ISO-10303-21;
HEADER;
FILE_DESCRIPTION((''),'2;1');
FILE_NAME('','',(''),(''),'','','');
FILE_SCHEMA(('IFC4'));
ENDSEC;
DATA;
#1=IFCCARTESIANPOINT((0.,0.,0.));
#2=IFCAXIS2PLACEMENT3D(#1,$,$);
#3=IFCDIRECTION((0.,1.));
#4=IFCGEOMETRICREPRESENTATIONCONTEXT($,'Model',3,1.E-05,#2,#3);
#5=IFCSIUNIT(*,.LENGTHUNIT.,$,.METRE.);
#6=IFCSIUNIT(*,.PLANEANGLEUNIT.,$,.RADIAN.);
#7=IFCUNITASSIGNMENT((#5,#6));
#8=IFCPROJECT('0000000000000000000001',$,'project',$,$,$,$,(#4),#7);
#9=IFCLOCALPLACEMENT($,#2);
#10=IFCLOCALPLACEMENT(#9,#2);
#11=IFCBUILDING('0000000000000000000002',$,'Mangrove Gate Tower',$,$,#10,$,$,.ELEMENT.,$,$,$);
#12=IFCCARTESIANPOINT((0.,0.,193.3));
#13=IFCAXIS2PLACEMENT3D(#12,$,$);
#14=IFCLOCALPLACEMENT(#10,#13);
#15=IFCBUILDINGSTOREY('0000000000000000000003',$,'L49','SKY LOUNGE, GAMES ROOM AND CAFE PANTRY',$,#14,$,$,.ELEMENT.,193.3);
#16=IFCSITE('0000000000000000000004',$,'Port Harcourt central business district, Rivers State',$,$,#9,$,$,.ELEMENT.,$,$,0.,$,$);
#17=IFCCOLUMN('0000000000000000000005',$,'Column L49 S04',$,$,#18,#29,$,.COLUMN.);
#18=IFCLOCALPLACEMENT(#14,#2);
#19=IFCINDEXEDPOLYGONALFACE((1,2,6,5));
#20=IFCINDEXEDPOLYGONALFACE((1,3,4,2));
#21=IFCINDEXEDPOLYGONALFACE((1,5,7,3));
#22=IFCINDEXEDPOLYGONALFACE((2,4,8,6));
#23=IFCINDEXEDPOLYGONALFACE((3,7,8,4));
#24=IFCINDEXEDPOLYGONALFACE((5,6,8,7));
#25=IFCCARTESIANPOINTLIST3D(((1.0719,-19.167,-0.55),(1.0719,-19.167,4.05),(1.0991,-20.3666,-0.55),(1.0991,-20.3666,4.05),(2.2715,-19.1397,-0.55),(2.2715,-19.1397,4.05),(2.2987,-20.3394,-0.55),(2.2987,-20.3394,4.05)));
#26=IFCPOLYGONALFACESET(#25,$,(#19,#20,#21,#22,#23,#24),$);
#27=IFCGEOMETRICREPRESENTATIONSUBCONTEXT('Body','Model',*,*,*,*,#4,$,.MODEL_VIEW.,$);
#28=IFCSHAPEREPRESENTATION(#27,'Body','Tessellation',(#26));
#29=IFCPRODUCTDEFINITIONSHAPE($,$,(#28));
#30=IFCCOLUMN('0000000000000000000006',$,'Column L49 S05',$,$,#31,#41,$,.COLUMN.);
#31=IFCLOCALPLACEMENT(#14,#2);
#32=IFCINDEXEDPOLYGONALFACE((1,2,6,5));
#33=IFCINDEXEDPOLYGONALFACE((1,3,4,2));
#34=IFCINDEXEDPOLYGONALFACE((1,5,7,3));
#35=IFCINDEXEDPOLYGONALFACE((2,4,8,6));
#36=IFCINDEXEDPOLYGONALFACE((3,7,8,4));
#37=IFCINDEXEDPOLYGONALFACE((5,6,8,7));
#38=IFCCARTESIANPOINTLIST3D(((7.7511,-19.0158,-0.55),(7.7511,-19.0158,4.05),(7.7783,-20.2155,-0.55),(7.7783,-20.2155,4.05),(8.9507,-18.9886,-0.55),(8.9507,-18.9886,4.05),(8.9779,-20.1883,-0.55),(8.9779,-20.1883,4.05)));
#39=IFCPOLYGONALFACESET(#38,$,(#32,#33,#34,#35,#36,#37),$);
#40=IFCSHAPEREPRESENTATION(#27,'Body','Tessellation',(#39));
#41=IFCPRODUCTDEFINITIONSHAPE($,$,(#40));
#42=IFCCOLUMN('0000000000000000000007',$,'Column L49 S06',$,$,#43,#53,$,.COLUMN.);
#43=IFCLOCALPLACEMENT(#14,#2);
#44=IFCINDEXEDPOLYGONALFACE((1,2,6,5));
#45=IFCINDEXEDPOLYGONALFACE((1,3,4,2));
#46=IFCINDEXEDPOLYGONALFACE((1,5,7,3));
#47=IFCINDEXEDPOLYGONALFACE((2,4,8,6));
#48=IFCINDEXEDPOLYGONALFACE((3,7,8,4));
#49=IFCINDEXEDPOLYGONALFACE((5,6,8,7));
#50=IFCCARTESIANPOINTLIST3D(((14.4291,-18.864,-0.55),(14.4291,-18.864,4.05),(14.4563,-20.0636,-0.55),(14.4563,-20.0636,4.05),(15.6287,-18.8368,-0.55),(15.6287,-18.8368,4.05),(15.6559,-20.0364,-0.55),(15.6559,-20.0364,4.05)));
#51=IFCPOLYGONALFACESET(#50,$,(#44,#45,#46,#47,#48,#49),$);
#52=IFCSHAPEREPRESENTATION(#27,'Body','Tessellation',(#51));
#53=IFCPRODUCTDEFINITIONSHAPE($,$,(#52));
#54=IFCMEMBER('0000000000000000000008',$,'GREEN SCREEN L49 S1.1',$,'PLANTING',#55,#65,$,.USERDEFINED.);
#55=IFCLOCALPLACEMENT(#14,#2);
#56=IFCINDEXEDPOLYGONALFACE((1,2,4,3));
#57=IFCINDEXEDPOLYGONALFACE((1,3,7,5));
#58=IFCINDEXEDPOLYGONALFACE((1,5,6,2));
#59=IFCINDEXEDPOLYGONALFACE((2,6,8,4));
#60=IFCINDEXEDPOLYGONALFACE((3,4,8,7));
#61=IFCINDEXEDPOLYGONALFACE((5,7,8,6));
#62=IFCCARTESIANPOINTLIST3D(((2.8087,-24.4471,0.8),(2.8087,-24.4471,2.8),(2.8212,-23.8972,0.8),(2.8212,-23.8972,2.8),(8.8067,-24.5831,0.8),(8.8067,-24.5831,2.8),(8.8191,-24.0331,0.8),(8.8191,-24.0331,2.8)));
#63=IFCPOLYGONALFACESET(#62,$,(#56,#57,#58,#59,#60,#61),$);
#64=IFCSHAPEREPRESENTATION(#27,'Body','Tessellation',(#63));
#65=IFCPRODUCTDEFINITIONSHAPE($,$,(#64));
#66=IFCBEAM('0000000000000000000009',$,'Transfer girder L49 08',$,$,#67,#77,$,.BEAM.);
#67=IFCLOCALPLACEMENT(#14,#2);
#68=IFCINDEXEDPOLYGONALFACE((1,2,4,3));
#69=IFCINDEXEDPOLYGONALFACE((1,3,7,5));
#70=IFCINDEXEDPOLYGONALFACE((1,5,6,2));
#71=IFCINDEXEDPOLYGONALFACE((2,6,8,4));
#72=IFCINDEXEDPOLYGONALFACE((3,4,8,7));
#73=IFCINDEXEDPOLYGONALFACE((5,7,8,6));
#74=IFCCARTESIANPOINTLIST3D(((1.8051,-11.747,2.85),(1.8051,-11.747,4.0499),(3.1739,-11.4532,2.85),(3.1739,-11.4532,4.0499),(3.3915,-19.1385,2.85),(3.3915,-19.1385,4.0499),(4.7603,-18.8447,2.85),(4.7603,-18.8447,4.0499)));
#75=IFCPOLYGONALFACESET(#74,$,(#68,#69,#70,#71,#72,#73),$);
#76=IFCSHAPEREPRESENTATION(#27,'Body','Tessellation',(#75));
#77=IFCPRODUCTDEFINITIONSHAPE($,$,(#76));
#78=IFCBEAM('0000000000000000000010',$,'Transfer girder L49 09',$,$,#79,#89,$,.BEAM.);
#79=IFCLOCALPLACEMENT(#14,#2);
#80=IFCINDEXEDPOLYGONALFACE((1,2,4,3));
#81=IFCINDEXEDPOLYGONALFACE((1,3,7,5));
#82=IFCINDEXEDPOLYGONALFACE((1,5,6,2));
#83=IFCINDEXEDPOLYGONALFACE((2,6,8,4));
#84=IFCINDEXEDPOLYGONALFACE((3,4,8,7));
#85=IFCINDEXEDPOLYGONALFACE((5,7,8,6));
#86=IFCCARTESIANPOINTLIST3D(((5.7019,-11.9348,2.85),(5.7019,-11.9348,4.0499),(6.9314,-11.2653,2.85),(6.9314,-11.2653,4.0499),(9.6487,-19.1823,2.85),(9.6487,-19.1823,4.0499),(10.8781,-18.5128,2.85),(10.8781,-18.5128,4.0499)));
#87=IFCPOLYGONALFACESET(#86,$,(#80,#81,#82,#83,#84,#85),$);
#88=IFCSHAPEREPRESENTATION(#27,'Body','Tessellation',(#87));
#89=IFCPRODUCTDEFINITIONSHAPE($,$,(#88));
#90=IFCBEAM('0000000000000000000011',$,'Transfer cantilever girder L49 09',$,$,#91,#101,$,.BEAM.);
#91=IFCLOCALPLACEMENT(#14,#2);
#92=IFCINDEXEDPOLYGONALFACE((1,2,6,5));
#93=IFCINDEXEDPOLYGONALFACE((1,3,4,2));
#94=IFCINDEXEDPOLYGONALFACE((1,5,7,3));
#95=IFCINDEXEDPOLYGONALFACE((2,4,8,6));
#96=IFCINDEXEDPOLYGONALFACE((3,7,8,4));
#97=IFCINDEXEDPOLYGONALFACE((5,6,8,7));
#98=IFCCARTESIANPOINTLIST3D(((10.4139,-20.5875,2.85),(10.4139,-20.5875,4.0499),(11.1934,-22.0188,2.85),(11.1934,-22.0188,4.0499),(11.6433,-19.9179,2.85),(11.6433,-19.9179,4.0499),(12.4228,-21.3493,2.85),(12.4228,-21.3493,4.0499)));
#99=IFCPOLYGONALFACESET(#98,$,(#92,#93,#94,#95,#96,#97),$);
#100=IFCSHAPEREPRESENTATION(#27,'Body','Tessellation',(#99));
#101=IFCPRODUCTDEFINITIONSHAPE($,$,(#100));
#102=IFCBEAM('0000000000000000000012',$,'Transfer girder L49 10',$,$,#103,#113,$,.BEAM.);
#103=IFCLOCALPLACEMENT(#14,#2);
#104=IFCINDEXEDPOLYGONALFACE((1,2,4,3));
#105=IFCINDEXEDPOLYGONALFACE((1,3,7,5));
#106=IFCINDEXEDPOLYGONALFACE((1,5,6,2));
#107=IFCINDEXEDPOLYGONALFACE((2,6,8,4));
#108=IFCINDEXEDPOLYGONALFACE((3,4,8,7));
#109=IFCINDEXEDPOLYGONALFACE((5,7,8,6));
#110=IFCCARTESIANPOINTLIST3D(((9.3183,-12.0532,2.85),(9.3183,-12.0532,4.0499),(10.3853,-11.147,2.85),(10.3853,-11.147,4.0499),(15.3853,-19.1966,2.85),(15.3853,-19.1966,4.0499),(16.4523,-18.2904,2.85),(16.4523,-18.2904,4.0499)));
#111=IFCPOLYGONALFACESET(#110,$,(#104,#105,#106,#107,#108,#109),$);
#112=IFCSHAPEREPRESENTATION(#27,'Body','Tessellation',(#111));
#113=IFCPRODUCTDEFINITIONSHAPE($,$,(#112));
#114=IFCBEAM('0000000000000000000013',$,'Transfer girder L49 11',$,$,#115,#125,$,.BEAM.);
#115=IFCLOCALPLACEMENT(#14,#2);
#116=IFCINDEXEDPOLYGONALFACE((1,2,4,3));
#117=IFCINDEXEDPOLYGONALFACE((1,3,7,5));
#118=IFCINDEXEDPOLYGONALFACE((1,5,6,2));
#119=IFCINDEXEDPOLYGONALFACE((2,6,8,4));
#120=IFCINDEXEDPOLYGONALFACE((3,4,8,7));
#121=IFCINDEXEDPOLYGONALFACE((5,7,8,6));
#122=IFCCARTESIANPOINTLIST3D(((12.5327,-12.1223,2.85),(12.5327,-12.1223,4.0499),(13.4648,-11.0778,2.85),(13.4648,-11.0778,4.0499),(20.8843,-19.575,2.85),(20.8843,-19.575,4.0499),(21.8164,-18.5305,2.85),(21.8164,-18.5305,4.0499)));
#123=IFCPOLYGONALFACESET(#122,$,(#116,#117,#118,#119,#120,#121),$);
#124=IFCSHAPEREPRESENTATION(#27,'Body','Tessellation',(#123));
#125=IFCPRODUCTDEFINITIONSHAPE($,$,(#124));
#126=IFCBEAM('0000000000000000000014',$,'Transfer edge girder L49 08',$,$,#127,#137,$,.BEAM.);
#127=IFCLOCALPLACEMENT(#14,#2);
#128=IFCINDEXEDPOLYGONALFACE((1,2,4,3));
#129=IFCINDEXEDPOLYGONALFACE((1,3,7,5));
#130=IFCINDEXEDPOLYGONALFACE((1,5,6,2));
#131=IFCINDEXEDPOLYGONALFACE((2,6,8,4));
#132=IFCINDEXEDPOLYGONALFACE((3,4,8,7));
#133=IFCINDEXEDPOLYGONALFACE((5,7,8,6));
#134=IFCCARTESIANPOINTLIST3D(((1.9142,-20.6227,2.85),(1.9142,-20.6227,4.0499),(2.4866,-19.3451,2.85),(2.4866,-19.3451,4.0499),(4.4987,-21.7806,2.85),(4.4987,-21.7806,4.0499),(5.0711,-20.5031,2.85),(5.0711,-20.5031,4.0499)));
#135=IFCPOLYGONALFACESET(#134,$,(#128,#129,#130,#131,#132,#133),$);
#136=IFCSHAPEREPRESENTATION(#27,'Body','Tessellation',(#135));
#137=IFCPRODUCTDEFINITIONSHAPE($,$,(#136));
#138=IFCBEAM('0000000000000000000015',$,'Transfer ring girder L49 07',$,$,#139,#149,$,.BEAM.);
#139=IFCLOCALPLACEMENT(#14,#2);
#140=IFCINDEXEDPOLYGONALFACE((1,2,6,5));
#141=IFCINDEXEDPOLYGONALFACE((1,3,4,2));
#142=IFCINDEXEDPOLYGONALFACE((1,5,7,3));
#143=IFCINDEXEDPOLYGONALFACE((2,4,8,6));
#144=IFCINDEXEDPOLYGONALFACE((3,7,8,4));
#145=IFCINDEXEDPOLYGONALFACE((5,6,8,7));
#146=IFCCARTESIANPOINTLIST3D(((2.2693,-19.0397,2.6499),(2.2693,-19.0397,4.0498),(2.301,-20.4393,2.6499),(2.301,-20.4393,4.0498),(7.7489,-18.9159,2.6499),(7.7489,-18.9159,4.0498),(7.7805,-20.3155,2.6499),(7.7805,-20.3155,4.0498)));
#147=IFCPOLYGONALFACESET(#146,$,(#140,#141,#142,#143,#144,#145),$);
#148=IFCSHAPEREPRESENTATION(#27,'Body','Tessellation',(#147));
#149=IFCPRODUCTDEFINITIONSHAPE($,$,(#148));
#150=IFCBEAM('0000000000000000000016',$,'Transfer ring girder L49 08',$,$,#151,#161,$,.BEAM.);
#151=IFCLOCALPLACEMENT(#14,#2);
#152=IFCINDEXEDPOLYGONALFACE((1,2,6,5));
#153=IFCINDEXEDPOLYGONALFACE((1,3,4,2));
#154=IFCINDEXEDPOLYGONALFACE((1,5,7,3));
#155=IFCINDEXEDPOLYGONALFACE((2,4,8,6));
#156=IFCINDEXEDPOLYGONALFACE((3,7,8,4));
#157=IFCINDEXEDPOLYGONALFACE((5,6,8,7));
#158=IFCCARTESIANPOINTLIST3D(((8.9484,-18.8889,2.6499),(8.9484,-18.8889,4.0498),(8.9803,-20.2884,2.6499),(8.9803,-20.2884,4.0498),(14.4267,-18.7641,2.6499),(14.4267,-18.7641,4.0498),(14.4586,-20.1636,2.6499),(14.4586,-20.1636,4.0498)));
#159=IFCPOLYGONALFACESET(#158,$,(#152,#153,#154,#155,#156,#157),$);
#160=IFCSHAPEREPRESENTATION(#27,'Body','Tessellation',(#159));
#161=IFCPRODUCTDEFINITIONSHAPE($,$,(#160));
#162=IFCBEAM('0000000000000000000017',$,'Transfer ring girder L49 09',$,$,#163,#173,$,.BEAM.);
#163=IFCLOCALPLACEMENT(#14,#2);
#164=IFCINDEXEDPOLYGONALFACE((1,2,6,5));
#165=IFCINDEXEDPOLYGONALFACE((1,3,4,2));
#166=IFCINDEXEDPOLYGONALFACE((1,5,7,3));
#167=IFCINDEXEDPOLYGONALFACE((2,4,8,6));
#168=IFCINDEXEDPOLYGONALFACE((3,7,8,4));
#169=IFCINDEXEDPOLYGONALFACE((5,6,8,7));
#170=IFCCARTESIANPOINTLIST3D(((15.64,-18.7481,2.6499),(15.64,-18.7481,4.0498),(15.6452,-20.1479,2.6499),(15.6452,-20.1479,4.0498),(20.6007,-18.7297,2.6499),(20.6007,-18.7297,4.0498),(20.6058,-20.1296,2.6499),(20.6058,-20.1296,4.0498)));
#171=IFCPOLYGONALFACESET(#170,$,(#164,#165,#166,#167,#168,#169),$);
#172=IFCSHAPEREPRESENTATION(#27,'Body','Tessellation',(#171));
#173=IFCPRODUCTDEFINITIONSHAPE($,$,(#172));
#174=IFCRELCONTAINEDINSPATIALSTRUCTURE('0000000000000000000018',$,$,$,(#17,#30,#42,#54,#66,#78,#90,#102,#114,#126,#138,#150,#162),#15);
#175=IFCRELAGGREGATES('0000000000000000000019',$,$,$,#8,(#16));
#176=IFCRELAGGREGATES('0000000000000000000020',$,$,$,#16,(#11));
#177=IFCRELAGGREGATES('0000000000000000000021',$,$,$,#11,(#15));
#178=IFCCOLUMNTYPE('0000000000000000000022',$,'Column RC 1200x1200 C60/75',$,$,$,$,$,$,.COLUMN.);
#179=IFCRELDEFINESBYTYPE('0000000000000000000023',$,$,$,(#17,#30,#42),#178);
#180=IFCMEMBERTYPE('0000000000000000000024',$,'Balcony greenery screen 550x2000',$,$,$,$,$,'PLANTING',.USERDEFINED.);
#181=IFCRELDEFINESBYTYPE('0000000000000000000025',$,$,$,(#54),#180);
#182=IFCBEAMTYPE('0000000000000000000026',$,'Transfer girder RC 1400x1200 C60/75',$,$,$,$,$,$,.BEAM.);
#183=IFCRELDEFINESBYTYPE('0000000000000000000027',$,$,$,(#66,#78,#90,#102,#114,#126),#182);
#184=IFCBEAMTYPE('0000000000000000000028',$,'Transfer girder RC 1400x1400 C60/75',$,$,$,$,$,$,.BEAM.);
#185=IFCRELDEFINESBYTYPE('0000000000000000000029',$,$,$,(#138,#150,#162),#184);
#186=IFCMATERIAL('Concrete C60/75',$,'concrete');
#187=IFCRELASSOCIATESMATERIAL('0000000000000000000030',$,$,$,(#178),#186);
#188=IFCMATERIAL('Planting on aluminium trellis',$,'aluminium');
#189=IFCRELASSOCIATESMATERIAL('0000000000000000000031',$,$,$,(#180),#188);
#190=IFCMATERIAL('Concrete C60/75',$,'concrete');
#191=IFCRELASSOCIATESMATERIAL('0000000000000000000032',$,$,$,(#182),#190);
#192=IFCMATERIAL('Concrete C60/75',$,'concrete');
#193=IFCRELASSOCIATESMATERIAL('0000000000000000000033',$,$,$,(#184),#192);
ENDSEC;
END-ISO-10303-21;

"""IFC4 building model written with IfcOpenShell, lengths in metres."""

from ifc_helpers import new_model, si_unit, direction, frame, origin, origin_2d, place, context, subcontext, project, spatial, rectangle, extrude, material, material_profile, profile_set, type_object, element, save


model = new_model("IFC4")

# Units and contexts
model_context = context("Model", 3, precision=1e-05, world=origin(), true_north=direction((0.0, 1.0)))
body_context = subcontext(model_context, "Body", "Model", "MODEL_VIEW")
ifc_project = project(units=[si_unit("LENGTHUNIT", "METRE"), si_unit("PLANEANGLEUNIT", "RADIAN")], contexts=[model_context])

# Site, building, storey
site_placement = place(None, origin())
site = spatial("IfcSite", under=ifc_project, at=site_placement, Name="Port Harcourt central business district, Rivers State", CompositionType="ELEMENT", RefElevation=0.0)
building_placement = place(site_placement, origin())
building = spatial("IfcBuilding", under=site, at=building_placement, Name="Mangrove Gate Tower", CompositionType="ELEMENT")
storey_placement = place(building_placement, frame((0.0, 0.0, 193.3)))
storey = spatial("IfcBuildingStorey", under=building, at=storey_placement, Name="L49", Description="SKY LOUNGE, GAMES ROOM AND CAFE PANTRY", CompositionType="ELEMENT", Elevation=193.3)

# Columns
ifc_material_1 = material(Name="Concrete C60/75", Category="concrete")
ifc_material_profile_1 = material_profile(ifc_material_1, rectangle(XDim=1.2, YDim=1.2, at=origin_2d()))
ifc_profile_set_1 = profile_set([ifc_material_profile_1], Name="Concrete C60/75")
column_type = type_object("IfcColumnType", Name="Column RC 1200x1200 C60/75", PredefinedType="COLUMN", material=ifc_profile_set_1)
for number, where, z_axis, x_axis, name in (
    (1, (1.6853, -19.7532, -0.55), (0.0, 0.0, 1.0), (0.999743, 0.022679, 0.0), "Column L49 S04"),
    (2, (8.3645, -19.6021, -0.55), (0.0, 0.0, 1.0), (0.999743, 0.022679, 0.0), "Column L49 S05"),
    (3, (15.0425, -19.4502, -0.55), (0.0, 0.0, 1.0), (0.999743, 0.022681, 0.0), "Column L49 S06"),
):
    element("IfcColumn", number, at=place(storey_placement, frame(where, z_axis=z_axis, x_axis=x_axis)), inside=storey, type_object=column_type, Name=name, PredefinedType="COLUMN", context=body_context, shape_type="SweptSolid", body=[
        extrude(rectangle(XDim=1.2, YDim=1.2, at=origin_2d()), origin(), (0.0, 0.0, 1.0), 4.6001),
    ])

# Member
ifc_material_2 = material(Name="Planting on aluminium trellis", Category="aluminium")
ifc_material_profile_2 = material_profile(ifc_material_2, rectangle(XDim=0.55, YDim=2.0, at=origin_2d()))
ifc_profile_set_2 = profile_set([ifc_material_profile_2], Name="Planting on aluminium trellis")
member_type = type_object("IfcMemberType", Name="Balcony greenery screen 550x2000", ElementType="PLANTING", PredefinedType="USERDEFINED", material=ifc_profile_set_2)
member_placement = place(storey_placement, frame((2.8149, -24.1721, 1.8), z_axis=(0.999743, -0.022666, 0.0), x_axis=(0.022666, 0.999743, 0.0)))
element("IfcMember", 4, at=member_placement, inside=storey, type_object=member_type, Name="GREEN SCREEN L49 S1.1", ObjectType="PLANTING", PredefinedType="USERDEFINED", context=body_context, shape_type="SweptSolid", body=[
    extrude(rectangle(XDim=0.55, YDim=2.0, at=origin_2d()), origin(), (0.0, 0.0, 1.0), 5.9995),
])

# Beams
ifc_material_3 = material(Name="Concrete C60/75", Category="concrete")
ifc_material_profile_3 = material_profile(ifc_material_3, rectangle(XDim=1.3999, YDim=1.2, at=origin_2d()))
ifc_profile_set_3 = profile_set([ifc_material_profile_3], Name="Concrete C60/75")
beam_type_1 = type_object("IfcBeamType", Name="Transfer girder RC 1400x1200 C60/75", PredefinedType="BEAM", material=ifc_profile_set_3)
beam_1_placement = place(storey_placement, frame((2.4895, -11.6001, 3.45), z_axis=(0.209847, -0.977734, 0.0), x_axis=(0.977734, 0.209847, 0.0)))
element("IfcBeam", 5, at=beam_1_placement, inside=storey, type_object=beam_type_1, Name="Transfer girder L49 08", PredefinedType="BEAM", context=body_context, shape_type="SweptSolid", body=[
    extrude(rectangle(XDim=1.3999, YDim=1.2, at=origin_2d()), origin(), (0.0, 0.0, 1.0), 7.5598),
])
beam_2_placement = place(storey_placement, frame((6.3167, -11.6001, 3.45), z_axis=(0.478251, -0.878223, 0.0), x_axis=(0.878223, 0.478251, 0.0)))
element("IfcBeam", 6, at=beam_2_placement, inside=storey, type_object=beam_type_1, Name="Transfer girder L49 09", PredefinedType="BEAM", context=body_context, shape_type="SweptSolid", body=[
    extrude(rectangle(XDim=1.3999, YDim=1.2, at=origin_2d()), origin(), (0.0, 0.0, 1.0), 8.2524),
])
beam_3_placement = place(storey_placement, frame((11.0286, -20.2527, 3.45), z_axis=(0.478275, -0.87821, 0.0), x_axis=(0.87821, 0.478275, 0.0)))
element("IfcBeam", 7, at=beam_3_placement, inside=storey, type_object=beam_type_1, Name="Transfer cantilever girder L49 09", PredefinedType="BEAM", context=body_context, shape_type="SweptSolid", body=[
    extrude(rectangle(XDim=1.3999, YDim=1.2, at=origin_2d()), origin(), (0.0, 0.0, 1.0), 1.6299),
])
beam_4_placement = place(storey_placement, frame((9.8518, -11.6001, 3.45), z_axis=(0.647344, -0.762198, 0.0), x_axis=(0.762198, 0.647344, 0.0)))
element("IfcBeam", 8, at=beam_4_placement, inside=storey, type_object=beam_type_1, Name="Transfer girder L49 10", PredefinedType="BEAM", context=body_context, shape_type="SweptSolid", body=[
    extrude(rectangle(XDim=1.3999, YDim=1.2, at=origin_2d()), origin(), (0.0, 0.0, 1.0), 9.3721),
])
beam_5_placement = place(storey_placement, frame((12.9988, -11.6001, 3.45), z_axis=(0.74612, -0.665811, 0.0), x_axis=(0.665811, 0.74612, 0.0)))
element("IfcBeam", 9, at=beam_5_placement, inside=storey, type_object=beam_type_1, Name="Transfer girder L49 11", PredefinedType="BEAM", context=body_context, shape_type="SweptSolid", body=[
    extrude(rectangle(XDim=1.3999, YDim=1.2, at=origin_2d()), origin(), (0.0, 0.0, 1.0), 11.1934),
])
beam_6_placement = place(storey_placement, frame((2.2004, -19.9839, 3.45), z_axis=(0.912588, -0.40888, 0.0), x_axis=(0.40888, 0.912588, 0.0)))
element("IfcBeam", 10, at=beam_6_placement, inside=storey, type_object=beam_type_1, Name="Transfer edge girder L49 08", PredefinedType="BEAM", context=body_context, shape_type="SweptSolid", body=[
    extrude(rectangle(XDim=1.3999, YDim=1.2, at=origin_2d()), origin(), (0.0, 0.0, 1.0), 2.832),
])
ifc_material_4 = material(Name="Concrete C60/75", Category="concrete")
ifc_material_profile_4 = material_profile(ifc_material_4, rectangle(XDim=1.3999, YDim=1.3999, at=origin_2d()))
ifc_profile_set_4 = profile_set([ifc_material_profile_4], Name="Concrete C60/75")
beam_type_2 = type_object("IfcBeamType", Name="Transfer girder RC 1400x1400 C60/75", PredefinedType="BEAM", material=ifc_profile_set_4)
beam_7_placement = place(storey_placement, frame((2.2852, -19.7395, 3.3499), z_axis=(0.999745, 0.022584, 0.0), x_axis=(-0.022584, 0.999745, 0.0)))
element("IfcBeam", 11, at=beam_7_placement, inside=storey, type_object=beam_type_2, Name="Transfer ring girder L49 07", PredefinedType="BEAM", context=body_context, shape_type="SweptSolid", body=[
    extrude(rectangle(XDim=1.3999, YDim=1.3999, at=origin_2d()), origin(), (0.0, 0.0, 1.0), 5.481),
])
beam_8_placement = place(storey_placement, frame((8.9644, -19.5886, 3.3499), z_axis=(0.999741, 0.022767, 0.0), x_axis=(-0.022767, 0.999741, 0.0)))
element("IfcBeam", 12, at=beam_8_placement, inside=storey, type_object=beam_type_2, Name="Transfer ring girder L49 08", PredefinedType="BEAM", context=body_context, shape_type="SweptSolid", body=[
    extrude(rectangle(XDim=1.3999, YDim=1.3999, at=origin_2d()), origin(), (0.0, 0.0, 1.0), 5.4797),
])
beam_9_placement = place(storey_placement, frame((15.6426, -19.448, 3.3499), z_axis=(0.999993, 0.003691, 0.0), x_axis=(-0.003691, 0.999993, 0.0)))
element("IfcBeam", 13, at=beam_9_placement, inside=storey, type_object=beam_type_2, Name="Transfer ring girder L49 09", PredefinedType="BEAM", context=body_context, shape_type="SweptSolid", body=[
    extrude(rectangle(XDim=1.3999, YDim=1.3999, at=origin_2d()), origin(), (0.0, 0.0, 1.0), 4.9607),
])

save(model, "model.ifc")
